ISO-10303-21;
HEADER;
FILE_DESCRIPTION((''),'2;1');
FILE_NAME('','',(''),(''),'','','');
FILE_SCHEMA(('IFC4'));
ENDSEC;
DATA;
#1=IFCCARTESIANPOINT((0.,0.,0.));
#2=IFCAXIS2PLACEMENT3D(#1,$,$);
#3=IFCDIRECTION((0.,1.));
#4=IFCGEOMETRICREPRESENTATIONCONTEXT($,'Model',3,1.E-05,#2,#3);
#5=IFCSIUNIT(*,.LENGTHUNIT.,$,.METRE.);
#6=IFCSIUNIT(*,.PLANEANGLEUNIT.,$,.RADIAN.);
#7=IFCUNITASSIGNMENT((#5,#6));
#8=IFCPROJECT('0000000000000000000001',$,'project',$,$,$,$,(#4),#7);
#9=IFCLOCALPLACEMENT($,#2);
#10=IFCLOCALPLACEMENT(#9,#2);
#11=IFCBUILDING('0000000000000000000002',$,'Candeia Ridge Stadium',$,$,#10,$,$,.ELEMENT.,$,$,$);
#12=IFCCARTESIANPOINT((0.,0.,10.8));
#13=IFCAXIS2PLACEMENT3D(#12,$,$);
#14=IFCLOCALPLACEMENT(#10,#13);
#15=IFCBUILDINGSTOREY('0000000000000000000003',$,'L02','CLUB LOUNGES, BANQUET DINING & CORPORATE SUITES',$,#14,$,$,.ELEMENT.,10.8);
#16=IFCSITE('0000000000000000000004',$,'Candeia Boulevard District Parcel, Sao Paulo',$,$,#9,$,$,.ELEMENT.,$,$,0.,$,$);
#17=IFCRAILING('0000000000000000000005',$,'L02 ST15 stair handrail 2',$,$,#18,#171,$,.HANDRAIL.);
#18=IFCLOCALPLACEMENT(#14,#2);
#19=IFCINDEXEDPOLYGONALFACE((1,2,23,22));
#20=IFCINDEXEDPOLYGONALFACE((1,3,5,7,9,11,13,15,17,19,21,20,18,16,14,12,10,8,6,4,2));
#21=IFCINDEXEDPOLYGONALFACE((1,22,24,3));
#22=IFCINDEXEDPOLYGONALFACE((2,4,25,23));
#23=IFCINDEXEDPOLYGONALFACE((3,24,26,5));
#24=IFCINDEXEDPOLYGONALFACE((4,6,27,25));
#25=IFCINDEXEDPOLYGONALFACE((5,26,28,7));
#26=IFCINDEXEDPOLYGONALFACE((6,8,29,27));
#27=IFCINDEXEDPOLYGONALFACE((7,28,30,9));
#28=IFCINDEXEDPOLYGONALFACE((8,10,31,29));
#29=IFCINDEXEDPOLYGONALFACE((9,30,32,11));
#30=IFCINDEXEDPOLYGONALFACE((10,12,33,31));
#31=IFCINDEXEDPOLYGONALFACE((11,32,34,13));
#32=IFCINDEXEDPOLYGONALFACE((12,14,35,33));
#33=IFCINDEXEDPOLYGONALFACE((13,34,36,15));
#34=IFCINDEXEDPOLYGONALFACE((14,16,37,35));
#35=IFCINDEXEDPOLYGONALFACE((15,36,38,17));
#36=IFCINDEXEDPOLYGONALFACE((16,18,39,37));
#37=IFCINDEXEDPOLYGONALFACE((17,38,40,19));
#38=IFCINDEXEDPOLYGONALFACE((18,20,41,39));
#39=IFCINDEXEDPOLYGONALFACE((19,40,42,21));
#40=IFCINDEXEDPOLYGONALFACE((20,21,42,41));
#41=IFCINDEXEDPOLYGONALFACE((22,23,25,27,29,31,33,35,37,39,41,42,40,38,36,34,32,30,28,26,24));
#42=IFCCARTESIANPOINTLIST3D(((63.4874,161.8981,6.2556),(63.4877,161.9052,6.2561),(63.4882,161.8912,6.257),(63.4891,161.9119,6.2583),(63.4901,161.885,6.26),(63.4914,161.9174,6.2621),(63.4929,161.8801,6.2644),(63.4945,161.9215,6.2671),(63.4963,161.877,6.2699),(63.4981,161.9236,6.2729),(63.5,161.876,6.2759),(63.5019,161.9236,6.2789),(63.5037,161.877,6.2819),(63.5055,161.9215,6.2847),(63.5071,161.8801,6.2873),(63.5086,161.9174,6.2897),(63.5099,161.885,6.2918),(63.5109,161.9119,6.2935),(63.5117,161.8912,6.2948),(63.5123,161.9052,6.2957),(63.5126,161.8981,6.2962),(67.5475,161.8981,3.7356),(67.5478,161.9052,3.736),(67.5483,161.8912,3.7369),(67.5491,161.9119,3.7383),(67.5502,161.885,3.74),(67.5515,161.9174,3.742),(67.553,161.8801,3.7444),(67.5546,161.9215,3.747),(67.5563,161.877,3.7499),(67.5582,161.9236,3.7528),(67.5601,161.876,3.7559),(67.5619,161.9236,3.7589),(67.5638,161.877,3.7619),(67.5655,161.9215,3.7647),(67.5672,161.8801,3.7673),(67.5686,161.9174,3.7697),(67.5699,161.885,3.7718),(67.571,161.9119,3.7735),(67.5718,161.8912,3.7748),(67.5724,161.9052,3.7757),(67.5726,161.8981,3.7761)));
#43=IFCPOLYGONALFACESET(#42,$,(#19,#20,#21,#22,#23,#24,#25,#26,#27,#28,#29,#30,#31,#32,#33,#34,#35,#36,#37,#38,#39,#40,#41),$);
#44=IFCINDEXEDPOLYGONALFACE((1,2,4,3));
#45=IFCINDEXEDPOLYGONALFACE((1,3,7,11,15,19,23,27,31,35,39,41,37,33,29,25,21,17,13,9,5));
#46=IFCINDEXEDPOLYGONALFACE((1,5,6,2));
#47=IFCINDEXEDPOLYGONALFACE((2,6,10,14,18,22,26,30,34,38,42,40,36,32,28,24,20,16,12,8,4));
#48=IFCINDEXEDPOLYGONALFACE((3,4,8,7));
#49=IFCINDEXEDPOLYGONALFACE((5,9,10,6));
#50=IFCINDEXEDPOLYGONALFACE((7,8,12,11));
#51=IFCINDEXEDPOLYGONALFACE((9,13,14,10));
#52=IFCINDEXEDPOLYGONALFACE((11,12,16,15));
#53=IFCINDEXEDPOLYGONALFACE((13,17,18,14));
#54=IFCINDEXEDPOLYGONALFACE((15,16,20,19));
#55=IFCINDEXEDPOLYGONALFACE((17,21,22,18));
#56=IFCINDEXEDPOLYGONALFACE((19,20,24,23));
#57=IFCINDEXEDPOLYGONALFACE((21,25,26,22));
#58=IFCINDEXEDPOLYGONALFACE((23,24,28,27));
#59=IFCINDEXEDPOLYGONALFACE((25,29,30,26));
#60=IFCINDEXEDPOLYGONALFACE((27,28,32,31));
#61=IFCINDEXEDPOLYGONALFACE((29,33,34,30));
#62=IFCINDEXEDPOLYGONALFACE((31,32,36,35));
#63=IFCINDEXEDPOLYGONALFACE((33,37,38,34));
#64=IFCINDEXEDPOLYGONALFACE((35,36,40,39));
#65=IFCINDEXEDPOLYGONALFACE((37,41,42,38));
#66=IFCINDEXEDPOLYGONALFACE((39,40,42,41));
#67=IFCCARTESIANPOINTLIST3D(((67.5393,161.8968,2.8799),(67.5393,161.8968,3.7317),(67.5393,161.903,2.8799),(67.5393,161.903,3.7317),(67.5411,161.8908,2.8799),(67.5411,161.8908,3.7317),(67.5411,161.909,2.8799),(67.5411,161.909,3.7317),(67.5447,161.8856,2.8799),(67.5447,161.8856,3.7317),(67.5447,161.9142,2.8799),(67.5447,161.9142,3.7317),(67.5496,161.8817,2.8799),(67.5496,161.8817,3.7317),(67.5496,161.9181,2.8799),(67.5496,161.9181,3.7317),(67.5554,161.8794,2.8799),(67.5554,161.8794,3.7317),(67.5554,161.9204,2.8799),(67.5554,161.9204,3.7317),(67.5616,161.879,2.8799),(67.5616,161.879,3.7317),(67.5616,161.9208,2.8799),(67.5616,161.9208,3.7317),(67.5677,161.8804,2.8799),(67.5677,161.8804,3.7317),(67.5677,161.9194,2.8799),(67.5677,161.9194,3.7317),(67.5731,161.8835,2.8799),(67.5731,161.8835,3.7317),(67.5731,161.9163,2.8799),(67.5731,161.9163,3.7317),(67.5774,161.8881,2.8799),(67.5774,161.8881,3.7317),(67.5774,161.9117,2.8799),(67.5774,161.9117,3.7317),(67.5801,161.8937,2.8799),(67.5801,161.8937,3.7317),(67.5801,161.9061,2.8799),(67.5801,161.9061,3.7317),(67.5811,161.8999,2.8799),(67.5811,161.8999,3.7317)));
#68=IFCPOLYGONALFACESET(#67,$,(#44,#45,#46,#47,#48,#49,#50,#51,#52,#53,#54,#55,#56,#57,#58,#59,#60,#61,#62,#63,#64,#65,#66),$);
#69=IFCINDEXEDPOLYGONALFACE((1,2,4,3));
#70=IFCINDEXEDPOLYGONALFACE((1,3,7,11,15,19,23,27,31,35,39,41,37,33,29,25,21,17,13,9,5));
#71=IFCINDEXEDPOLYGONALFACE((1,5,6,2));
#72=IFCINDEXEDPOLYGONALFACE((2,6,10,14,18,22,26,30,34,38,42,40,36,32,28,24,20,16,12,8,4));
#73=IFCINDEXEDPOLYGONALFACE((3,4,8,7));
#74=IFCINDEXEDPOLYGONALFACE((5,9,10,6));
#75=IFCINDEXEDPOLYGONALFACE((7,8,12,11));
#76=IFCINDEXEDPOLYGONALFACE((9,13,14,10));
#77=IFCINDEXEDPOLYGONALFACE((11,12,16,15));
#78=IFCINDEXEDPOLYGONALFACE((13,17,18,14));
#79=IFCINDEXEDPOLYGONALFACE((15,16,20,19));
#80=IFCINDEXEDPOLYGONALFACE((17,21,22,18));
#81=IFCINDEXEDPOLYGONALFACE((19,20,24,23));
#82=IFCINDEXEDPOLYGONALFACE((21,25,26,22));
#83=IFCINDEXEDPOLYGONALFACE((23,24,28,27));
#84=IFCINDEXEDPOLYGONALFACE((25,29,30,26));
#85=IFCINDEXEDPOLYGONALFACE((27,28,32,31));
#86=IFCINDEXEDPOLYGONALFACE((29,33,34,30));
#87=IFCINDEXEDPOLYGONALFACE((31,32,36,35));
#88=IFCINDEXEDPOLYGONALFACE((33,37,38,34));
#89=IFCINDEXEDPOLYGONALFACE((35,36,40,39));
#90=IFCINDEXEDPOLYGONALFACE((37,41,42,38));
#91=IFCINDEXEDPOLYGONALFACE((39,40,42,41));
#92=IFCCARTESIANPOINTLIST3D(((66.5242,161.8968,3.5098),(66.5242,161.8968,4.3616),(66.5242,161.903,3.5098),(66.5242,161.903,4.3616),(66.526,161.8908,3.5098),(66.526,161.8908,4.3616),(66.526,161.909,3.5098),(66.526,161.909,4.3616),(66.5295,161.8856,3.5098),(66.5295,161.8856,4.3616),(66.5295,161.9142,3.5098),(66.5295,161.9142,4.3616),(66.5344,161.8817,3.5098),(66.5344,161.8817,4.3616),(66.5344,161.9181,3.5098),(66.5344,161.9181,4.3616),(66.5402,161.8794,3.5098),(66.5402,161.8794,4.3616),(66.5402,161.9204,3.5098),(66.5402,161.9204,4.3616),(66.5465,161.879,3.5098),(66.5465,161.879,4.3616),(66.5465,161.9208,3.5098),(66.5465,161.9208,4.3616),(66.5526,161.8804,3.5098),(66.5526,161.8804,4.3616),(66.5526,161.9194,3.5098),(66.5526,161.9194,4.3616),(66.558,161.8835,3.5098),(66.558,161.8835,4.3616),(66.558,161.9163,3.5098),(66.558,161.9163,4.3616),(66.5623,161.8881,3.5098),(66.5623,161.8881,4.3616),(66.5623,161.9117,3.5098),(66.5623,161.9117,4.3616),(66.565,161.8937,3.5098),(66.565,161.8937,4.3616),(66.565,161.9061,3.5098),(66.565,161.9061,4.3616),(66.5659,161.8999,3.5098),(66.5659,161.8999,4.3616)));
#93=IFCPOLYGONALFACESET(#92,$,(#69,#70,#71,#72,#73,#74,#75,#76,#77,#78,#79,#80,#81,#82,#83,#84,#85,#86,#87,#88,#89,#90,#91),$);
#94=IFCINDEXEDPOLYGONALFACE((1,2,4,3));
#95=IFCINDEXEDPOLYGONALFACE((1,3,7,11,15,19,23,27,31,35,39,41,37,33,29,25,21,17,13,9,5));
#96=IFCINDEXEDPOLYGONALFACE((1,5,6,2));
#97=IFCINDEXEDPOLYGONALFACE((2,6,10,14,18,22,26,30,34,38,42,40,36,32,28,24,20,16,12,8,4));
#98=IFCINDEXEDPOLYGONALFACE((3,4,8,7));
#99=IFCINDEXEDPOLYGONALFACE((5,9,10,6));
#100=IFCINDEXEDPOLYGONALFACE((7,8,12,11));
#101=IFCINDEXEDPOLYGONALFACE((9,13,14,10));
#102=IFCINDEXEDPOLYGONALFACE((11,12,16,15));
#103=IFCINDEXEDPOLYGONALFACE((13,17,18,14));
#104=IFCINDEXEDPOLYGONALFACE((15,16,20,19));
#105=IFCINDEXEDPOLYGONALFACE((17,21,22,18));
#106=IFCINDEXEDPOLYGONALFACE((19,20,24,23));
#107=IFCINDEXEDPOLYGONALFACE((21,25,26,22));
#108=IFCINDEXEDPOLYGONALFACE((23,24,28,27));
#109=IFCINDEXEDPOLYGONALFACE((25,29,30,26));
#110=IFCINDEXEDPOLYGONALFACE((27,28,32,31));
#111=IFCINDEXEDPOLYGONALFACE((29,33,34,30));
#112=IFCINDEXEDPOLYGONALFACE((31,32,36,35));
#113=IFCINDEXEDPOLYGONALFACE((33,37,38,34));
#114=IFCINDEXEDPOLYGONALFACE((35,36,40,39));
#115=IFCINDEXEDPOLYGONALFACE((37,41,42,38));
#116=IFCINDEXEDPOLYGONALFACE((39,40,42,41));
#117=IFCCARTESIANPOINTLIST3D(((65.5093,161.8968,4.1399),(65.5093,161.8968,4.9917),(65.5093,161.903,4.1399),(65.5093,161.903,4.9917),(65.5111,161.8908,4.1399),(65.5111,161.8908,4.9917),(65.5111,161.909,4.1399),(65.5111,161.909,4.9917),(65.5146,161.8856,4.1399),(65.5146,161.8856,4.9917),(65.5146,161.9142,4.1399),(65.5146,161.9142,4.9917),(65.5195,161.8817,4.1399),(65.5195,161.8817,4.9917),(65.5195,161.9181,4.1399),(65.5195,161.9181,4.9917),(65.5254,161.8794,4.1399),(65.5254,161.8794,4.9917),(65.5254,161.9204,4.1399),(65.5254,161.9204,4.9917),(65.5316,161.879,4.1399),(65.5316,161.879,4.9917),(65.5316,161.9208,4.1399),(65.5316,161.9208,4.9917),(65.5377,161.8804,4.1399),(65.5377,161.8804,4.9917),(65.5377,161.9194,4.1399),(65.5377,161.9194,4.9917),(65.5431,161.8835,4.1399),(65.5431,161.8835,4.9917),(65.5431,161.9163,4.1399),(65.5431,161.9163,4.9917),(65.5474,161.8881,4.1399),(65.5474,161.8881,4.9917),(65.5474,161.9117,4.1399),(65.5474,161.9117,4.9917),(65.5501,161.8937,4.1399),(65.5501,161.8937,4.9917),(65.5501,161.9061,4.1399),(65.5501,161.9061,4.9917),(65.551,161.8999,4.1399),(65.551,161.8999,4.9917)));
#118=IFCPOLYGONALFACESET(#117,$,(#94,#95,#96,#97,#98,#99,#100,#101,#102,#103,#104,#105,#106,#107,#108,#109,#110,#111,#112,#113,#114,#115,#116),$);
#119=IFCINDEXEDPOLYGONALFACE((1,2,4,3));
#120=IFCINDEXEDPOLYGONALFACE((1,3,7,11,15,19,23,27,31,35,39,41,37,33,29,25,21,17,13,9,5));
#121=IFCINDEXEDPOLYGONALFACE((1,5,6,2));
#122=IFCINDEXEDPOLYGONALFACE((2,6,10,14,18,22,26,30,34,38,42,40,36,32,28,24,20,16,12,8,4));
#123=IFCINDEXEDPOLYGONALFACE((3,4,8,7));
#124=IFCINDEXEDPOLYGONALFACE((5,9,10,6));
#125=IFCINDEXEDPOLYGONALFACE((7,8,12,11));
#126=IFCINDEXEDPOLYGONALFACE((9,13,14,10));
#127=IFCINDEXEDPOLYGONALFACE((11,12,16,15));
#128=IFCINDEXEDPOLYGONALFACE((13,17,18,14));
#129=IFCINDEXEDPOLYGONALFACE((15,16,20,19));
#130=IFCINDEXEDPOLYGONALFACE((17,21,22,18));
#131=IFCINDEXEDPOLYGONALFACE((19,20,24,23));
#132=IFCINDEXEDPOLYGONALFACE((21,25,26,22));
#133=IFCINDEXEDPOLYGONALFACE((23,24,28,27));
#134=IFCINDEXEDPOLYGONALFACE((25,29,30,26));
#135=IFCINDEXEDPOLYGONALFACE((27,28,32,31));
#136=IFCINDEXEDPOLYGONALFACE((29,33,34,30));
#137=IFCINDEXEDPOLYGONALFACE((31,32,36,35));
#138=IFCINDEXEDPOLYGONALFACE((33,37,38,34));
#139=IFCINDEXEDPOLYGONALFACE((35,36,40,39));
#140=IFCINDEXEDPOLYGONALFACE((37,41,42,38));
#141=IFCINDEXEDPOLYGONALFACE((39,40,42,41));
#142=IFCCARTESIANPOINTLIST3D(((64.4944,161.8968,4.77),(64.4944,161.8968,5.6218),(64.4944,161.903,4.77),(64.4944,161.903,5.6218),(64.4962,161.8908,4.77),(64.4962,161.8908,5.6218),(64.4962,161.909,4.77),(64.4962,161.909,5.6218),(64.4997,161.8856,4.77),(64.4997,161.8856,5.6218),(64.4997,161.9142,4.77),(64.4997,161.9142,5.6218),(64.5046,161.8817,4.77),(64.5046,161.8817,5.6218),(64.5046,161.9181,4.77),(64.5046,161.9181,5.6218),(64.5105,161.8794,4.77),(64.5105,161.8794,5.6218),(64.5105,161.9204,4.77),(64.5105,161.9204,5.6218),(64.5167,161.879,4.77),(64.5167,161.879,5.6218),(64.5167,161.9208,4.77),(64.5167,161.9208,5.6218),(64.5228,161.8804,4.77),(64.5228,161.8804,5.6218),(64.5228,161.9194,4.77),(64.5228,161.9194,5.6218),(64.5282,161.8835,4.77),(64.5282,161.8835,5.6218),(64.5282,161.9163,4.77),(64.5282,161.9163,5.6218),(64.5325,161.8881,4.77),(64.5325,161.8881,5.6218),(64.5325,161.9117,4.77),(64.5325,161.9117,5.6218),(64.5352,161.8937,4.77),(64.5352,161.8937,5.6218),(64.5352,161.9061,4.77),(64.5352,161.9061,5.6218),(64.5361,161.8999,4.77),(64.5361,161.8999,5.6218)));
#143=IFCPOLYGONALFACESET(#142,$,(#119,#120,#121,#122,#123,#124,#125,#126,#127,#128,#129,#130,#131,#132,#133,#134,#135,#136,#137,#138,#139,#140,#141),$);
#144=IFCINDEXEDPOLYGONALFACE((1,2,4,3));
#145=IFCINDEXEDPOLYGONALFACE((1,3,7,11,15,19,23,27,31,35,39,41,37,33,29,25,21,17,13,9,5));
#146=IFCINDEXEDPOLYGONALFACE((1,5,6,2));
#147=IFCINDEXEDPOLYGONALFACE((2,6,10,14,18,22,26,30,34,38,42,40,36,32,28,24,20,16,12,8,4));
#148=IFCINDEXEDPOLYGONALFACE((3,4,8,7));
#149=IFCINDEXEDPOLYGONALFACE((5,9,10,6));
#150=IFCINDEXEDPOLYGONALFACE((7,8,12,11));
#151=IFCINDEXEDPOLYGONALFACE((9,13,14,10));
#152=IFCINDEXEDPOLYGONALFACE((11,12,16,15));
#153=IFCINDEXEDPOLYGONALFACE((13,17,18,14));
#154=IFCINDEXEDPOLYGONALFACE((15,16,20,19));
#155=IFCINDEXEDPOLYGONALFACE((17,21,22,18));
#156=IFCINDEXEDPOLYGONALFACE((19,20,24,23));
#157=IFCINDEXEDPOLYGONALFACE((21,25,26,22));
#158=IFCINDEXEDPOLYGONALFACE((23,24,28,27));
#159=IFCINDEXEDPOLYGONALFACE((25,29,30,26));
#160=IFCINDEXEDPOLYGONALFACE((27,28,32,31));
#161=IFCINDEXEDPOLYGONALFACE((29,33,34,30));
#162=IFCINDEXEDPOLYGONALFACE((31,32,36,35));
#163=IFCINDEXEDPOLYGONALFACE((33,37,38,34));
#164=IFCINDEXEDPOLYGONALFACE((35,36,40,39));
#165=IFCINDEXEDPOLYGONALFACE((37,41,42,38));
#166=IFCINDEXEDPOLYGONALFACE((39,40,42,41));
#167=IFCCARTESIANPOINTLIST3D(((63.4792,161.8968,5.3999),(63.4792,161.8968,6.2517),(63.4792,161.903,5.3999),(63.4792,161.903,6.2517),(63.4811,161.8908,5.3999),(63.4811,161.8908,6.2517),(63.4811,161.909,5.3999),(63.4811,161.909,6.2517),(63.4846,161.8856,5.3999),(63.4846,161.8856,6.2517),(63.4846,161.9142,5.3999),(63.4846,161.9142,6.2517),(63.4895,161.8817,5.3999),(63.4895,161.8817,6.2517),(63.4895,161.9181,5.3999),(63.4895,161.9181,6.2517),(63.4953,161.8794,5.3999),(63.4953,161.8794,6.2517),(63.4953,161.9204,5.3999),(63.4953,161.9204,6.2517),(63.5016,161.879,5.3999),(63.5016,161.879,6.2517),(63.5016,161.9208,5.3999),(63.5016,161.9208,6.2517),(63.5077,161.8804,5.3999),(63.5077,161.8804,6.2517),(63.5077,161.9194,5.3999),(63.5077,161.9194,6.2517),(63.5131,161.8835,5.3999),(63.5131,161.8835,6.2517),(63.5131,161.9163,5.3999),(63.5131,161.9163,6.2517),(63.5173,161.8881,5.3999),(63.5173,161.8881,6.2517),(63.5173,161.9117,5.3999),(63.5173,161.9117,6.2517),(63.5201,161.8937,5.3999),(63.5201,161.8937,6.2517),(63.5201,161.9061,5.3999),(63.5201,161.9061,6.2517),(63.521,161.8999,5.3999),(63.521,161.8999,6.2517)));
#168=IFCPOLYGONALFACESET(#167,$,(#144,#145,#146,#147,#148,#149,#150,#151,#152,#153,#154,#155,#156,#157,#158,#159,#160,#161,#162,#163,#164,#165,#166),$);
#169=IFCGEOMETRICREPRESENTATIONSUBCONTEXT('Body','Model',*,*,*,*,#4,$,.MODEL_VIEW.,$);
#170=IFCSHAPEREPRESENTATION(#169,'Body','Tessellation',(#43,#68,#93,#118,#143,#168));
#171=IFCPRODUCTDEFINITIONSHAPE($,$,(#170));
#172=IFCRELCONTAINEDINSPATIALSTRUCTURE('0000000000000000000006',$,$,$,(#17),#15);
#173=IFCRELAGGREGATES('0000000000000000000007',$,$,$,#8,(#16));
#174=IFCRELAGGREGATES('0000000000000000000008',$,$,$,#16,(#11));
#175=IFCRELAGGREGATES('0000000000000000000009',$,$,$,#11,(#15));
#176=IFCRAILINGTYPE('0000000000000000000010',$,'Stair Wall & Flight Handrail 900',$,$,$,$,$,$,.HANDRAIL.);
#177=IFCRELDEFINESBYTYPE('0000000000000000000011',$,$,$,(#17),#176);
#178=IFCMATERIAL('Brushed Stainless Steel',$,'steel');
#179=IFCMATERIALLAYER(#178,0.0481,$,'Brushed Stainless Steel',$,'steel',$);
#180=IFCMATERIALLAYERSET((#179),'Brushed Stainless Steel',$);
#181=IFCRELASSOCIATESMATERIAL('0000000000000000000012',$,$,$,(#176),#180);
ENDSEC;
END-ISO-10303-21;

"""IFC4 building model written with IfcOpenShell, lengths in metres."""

from ifc_helpers import new_model, si_unit, direction, frame, origin, origin_2d, place, context, subcontext, project, spatial, circle, extrude, material, layer, layer_set, type_object, element, save


model = new_model("IFC4")

# Units and contexts
model_context = context("Model", 3, precision=1e-05, world=origin(), true_north=direction((0.0, 1.0)))
body_context = subcontext(model_context, "Body", "Model", "MODEL_VIEW")
ifc_project = project(units=[si_unit("LENGTHUNIT", "METRE"), si_unit("PLANEANGLEUNIT", "RADIAN")], contexts=[model_context])

# Site, building, storey
site_placement = place(None, origin())
site = spatial("IfcSite", under=ifc_project, at=site_placement, Name="Candeia Boulevard District Parcel, Sao Paulo", CompositionType="ELEMENT", RefElevation=0.0)
building_placement = place(site_placement, origin())
building = spatial("IfcBuilding", under=site, at=building_placement, Name="Candeia Ridge Stadium", CompositionType="ELEMENT")
storey_placement = place(building_placement, frame((0.0, 0.0, 10.8)))
storey = spatial("IfcBuildingStorey", under=building, at=storey_placement, Name="L02", Description="CLUB LOUNGES, BANQUET DINING & CORPORATE SUITES", CompositionType="ELEMENT", Elevation=10.8)

# Railing
ifc_material_1 = material(Name="Brushed Stainless Steel", Category="steel")
ifc_layer_1 = layer(ifc_material_1, 0.0481, Name="Brushed Stainless Steel", Category="steel")
ifc_layer_set_1 = layer_set([ifc_layer_1], Name="Brushed Stainless Steel")
railing_type_1 = type_object("IfcRailingType", Name="Stair Wall & Flight Handrail 900", PredefinedType="HANDRAIL", material=ifc_layer_set_1)
railing_1_placement = place(storey_placement, frame((67.5601, 161.8999, 2.8799)))
element("IfcRailing", 1, at=railing_1_placement, inside=storey, type_object=railing_type_1, Name="L02 ST15 stair handrail 2", PredefinedType="HANDRAIL", context=body_context, shape_type="SweptSolid", body=[
    extrude(circle(Radius=0.0239, at=origin_2d()), frame((0.0, 0.0, 0.876), z_axis=(-0.849642, 0.0, 0.52736), x_axis=(0.0, -1.0, 0.0)), (0.0, 0.0, 1.0), 4.7786),
    extrude(circle(Radius=0.021, at=origin_2d()), origin(), (0.0, 0.0, 1.0), 0.8518),
    extrude(circle(Radius=0.021, at=origin_2d()), frame((-1.0151, 0.0, 0.6299)), (0.0, 0.0, 1.0), 0.8518),
    extrude(circle(Radius=0.021, at=origin_2d()), frame((-2.03, 0.0, 1.26)), (0.0, 0.0, 1.0), 0.8518),
    extrude(circle(Radius=0.021, at=origin_2d()), frame((-3.0449, 0.0, 1.8901)), (0.0, 0.0, 1.0), 0.8518),
    extrude(circle(Radius=0.021, at=origin_2d()), frame((-4.0601, 0.0, 2.52)), (0.0, 0.0, 1.0), 0.8518),
])

save(model, "model.ifc")
